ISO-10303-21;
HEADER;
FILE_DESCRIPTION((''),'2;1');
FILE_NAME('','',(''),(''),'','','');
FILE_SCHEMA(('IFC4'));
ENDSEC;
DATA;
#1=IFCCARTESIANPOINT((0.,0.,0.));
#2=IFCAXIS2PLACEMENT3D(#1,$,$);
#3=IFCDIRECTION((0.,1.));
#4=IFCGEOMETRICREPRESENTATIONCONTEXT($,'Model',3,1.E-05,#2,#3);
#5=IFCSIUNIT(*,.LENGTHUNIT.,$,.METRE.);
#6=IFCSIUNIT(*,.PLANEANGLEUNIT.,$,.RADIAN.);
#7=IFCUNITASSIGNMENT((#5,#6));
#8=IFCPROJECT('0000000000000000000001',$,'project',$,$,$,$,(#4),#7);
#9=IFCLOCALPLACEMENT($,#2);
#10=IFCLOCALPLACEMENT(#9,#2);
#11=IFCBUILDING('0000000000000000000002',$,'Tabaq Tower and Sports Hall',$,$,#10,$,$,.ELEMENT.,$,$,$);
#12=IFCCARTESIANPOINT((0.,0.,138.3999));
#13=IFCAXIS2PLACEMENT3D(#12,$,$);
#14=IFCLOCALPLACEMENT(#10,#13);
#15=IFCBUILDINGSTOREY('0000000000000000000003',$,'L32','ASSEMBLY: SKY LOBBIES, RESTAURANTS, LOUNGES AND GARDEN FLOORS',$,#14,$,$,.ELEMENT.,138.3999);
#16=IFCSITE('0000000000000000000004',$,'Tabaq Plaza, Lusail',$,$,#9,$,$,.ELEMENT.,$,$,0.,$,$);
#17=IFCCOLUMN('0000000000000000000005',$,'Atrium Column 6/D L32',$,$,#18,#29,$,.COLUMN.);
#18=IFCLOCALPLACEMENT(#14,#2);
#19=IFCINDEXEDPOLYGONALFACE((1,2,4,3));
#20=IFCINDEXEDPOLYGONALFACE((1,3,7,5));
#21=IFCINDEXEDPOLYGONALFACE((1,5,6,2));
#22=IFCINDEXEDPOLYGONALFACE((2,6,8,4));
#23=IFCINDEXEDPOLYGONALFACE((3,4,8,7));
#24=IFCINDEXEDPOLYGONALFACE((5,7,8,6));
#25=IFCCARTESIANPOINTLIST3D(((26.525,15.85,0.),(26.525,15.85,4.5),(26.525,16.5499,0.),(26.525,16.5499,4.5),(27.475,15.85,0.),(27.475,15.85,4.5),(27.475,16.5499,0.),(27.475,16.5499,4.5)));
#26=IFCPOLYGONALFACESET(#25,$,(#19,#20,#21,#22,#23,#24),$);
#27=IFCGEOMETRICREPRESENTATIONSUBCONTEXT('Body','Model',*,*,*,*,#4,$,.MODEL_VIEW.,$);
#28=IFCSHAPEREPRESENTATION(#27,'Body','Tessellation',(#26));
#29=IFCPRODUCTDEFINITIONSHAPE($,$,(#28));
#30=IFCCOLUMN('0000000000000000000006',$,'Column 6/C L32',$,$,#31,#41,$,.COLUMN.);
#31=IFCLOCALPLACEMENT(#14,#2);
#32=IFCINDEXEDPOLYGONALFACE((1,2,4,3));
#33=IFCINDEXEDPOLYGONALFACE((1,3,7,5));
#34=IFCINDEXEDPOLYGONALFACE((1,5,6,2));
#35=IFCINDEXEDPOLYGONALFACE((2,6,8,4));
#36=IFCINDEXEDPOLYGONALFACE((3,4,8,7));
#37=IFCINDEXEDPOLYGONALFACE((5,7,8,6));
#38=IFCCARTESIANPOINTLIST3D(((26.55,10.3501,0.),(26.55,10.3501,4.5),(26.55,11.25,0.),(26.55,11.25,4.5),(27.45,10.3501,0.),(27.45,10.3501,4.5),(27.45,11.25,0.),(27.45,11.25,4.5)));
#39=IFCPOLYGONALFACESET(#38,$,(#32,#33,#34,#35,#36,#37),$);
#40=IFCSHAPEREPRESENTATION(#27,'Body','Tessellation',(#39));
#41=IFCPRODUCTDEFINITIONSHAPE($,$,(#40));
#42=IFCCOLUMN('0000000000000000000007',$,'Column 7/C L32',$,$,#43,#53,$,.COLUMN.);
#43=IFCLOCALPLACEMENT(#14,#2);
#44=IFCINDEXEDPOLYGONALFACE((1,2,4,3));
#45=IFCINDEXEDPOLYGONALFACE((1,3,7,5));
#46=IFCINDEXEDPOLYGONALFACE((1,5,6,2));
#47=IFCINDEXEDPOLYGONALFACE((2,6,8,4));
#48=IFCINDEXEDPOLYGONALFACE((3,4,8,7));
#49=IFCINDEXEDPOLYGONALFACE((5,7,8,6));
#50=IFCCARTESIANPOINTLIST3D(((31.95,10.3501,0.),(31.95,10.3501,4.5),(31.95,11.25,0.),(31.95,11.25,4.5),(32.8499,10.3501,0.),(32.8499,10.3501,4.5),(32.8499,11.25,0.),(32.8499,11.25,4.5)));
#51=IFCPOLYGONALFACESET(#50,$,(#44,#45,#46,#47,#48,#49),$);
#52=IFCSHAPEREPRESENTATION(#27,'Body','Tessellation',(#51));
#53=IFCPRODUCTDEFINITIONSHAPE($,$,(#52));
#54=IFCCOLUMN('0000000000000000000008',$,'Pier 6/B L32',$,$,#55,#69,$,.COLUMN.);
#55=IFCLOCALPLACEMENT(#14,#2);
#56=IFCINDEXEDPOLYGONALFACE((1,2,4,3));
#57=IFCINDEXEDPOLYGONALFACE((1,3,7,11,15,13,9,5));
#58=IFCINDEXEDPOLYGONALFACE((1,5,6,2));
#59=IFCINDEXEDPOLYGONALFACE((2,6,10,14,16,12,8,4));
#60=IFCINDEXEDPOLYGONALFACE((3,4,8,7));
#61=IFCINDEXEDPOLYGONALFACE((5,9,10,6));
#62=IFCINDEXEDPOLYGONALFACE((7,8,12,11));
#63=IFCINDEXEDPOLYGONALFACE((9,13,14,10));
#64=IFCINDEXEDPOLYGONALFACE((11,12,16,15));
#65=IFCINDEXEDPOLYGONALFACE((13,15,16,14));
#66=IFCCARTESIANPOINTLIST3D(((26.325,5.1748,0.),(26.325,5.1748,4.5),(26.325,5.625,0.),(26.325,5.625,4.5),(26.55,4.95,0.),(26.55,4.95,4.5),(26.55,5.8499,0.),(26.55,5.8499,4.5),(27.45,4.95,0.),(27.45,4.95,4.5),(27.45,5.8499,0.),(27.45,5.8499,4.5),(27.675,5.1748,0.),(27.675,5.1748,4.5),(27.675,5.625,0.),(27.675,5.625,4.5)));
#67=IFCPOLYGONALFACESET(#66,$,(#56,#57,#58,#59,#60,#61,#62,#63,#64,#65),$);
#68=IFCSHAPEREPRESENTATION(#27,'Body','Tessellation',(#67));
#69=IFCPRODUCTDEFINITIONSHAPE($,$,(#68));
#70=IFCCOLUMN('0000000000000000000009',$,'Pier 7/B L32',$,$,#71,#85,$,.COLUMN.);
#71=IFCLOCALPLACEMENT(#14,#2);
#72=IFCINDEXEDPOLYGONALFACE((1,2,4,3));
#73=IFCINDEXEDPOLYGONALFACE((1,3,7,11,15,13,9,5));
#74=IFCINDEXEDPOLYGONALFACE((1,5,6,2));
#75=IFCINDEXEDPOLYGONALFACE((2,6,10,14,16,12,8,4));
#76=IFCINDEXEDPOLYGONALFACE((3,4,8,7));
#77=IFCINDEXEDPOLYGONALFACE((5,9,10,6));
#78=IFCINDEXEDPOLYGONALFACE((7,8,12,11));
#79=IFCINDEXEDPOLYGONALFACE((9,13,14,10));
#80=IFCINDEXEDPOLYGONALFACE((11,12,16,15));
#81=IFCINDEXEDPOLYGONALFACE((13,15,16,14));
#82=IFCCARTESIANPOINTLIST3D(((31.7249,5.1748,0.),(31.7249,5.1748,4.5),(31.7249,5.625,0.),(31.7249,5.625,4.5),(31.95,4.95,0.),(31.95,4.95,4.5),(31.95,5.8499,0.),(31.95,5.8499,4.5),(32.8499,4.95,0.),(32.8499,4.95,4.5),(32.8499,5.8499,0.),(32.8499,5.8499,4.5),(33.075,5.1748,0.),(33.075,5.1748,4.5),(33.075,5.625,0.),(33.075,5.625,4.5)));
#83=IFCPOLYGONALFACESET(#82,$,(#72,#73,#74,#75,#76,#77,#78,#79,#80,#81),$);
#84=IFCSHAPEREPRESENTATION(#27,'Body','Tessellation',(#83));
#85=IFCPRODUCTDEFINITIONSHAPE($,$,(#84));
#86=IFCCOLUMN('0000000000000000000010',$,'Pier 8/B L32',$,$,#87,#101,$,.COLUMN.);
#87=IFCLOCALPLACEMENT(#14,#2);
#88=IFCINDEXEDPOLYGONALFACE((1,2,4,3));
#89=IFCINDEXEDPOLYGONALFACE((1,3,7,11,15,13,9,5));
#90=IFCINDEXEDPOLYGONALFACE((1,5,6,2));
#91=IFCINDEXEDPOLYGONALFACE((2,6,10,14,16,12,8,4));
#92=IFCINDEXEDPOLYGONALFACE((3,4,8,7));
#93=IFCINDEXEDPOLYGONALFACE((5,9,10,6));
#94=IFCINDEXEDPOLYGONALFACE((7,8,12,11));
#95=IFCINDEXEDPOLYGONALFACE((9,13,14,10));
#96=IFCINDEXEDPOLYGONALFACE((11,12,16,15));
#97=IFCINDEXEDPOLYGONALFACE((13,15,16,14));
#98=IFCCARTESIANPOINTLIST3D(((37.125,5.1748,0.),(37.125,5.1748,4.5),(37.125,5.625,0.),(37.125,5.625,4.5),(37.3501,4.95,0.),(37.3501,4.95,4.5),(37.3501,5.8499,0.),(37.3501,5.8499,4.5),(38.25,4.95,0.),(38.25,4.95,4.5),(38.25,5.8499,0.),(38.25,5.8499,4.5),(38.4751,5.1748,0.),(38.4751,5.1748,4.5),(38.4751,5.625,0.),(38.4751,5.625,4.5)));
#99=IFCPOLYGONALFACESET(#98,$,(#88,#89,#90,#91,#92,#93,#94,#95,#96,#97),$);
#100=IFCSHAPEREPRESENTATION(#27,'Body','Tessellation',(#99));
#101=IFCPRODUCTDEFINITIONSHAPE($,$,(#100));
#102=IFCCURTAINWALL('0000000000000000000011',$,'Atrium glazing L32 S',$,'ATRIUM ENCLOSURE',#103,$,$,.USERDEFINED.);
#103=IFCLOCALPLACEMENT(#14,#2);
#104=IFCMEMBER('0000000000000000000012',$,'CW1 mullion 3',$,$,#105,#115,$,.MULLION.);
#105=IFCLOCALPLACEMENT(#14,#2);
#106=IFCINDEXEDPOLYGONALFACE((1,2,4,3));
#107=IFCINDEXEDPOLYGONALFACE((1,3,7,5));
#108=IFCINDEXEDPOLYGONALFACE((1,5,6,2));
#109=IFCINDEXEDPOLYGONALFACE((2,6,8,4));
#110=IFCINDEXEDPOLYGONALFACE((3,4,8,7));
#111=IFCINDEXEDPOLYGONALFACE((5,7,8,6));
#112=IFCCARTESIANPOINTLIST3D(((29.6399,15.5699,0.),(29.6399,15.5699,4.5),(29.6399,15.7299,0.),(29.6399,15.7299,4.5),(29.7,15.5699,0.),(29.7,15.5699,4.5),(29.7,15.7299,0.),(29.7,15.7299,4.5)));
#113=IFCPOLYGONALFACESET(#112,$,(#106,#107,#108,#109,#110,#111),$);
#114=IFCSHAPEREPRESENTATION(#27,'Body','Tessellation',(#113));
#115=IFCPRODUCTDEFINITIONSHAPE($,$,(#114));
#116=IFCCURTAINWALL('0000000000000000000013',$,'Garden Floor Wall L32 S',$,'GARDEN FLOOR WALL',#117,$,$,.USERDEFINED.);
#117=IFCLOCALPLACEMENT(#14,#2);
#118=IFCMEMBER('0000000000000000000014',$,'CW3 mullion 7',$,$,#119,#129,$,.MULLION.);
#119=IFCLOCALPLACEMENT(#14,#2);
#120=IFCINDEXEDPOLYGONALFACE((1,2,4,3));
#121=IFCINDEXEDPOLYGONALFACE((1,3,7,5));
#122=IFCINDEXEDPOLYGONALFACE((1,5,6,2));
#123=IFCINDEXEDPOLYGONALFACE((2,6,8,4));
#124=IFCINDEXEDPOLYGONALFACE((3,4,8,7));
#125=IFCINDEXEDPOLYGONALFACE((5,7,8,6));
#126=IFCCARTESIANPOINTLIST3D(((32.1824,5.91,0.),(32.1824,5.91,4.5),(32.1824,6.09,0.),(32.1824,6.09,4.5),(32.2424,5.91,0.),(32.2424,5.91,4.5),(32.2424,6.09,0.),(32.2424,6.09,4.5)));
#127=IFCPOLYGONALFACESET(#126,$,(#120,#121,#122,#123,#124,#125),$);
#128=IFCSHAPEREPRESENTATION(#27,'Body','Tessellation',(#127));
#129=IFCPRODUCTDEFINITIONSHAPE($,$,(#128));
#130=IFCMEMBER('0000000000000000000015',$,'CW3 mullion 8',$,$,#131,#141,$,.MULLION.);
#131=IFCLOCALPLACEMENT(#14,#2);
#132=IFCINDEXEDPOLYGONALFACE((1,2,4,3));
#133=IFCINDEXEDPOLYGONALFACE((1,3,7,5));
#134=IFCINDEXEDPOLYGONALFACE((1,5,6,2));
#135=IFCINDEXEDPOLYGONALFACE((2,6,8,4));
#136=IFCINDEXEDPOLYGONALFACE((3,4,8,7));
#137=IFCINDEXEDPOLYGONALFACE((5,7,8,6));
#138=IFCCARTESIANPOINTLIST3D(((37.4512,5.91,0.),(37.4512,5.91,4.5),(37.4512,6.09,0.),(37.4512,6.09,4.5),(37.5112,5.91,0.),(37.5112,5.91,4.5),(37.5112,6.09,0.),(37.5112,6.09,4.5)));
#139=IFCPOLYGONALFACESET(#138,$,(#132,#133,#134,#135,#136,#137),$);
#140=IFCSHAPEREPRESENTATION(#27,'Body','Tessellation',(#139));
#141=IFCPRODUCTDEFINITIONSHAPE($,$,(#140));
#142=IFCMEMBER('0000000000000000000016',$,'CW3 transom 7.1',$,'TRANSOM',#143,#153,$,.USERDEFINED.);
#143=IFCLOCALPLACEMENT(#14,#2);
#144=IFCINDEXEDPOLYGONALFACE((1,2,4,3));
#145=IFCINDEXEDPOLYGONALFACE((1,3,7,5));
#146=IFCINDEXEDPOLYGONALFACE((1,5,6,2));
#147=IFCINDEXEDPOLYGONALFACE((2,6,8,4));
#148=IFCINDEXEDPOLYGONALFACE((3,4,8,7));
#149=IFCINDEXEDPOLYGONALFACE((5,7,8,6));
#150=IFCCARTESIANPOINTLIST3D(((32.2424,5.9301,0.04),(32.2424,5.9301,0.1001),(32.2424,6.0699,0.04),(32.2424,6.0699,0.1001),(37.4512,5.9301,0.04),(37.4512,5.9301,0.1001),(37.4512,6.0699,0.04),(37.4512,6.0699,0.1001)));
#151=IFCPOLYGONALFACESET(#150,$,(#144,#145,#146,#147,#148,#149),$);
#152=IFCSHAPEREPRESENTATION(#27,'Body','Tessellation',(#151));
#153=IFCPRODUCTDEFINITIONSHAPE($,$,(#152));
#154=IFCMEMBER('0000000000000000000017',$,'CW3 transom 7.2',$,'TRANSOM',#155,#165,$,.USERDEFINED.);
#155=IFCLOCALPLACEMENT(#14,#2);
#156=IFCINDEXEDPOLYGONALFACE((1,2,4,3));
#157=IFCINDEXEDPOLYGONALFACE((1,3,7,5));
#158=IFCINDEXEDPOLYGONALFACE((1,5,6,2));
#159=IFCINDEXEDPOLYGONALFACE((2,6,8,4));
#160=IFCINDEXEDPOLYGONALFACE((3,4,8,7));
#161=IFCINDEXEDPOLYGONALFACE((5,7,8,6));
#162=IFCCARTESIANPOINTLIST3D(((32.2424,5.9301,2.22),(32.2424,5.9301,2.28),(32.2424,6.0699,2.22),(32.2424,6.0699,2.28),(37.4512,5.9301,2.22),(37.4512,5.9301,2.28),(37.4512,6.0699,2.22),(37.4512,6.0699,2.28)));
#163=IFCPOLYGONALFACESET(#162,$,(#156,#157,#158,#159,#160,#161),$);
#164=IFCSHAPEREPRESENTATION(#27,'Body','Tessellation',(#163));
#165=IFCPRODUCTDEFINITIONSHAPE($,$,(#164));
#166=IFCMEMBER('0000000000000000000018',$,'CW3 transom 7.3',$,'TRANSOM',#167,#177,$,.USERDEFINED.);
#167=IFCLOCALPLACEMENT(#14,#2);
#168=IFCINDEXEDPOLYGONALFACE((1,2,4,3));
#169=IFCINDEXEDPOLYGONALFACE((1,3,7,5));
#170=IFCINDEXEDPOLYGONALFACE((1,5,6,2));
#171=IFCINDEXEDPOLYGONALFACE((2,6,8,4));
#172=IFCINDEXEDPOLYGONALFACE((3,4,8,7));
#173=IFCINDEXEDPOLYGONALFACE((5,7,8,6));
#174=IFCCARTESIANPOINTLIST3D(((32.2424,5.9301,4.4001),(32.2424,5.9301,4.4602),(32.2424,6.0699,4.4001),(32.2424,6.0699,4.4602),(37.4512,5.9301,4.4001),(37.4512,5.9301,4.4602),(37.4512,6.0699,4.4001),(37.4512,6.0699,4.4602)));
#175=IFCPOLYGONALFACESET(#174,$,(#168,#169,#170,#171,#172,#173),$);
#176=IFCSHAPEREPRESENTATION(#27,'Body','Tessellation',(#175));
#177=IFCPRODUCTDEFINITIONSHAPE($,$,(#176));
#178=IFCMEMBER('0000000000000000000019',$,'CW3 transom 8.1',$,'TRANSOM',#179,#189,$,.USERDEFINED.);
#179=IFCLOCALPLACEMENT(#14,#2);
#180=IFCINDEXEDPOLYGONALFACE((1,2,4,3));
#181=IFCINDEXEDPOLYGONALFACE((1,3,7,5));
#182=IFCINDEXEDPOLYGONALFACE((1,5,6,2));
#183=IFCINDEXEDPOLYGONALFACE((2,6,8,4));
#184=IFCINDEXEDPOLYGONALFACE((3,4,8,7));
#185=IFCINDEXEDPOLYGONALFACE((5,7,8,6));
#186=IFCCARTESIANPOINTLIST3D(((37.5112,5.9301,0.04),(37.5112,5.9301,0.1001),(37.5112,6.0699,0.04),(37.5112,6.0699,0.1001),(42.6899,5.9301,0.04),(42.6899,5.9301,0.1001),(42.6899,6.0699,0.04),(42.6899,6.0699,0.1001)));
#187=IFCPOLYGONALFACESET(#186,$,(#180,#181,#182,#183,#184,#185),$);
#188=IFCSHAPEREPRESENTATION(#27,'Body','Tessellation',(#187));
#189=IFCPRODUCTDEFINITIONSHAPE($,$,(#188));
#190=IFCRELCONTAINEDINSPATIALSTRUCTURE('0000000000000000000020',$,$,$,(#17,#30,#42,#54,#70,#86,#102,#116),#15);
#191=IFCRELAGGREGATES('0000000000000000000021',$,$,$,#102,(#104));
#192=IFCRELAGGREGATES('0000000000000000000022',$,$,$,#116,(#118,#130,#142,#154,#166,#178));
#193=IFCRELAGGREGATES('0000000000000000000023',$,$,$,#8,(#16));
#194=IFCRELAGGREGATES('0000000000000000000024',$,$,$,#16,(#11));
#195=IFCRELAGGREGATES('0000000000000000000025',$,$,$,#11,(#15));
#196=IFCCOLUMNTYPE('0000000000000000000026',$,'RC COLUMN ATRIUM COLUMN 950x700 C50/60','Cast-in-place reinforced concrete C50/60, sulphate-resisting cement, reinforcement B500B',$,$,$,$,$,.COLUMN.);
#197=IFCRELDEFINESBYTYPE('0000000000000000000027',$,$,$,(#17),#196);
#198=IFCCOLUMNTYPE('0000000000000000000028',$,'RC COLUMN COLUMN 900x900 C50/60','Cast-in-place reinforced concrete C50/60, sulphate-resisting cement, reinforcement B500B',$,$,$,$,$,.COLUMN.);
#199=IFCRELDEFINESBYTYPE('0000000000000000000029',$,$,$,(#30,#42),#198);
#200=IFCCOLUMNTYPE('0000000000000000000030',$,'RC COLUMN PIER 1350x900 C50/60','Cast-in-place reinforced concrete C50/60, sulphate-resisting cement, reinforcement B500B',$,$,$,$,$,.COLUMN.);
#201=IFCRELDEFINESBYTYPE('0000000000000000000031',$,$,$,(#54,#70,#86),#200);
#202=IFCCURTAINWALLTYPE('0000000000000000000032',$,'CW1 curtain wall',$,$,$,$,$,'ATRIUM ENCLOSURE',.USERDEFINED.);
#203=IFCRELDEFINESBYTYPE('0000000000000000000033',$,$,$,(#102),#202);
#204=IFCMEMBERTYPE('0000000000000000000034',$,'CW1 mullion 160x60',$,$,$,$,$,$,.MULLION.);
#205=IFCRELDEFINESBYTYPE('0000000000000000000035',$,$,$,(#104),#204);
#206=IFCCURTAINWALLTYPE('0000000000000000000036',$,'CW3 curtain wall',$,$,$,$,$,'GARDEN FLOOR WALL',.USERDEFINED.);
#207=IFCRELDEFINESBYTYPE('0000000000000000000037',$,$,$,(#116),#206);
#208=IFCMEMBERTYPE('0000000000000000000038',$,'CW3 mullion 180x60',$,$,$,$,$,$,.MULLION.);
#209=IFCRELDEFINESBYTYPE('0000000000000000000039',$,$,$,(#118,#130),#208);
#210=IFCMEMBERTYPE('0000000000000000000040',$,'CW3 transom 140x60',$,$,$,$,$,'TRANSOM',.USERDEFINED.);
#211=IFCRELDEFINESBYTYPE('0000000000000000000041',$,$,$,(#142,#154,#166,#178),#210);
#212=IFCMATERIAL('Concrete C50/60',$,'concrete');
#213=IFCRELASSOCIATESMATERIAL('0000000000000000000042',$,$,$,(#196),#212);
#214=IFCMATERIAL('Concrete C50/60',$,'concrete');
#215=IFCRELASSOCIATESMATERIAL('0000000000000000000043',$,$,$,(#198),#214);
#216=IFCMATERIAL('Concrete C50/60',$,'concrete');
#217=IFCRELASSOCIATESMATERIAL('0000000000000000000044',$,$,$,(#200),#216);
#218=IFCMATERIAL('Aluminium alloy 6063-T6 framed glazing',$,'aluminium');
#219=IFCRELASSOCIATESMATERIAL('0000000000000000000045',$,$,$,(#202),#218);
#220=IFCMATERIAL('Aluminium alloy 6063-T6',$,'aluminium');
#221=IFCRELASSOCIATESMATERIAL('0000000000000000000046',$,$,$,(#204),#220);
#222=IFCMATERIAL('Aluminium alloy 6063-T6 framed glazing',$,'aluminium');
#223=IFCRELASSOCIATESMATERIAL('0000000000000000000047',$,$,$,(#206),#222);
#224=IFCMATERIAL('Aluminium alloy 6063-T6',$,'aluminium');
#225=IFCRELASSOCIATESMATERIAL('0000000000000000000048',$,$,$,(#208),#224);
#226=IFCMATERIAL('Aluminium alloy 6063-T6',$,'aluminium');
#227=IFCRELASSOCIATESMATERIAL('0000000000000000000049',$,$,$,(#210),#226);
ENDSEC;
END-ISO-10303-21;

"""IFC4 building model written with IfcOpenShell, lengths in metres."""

from ifc_helpers import new_model, si_unit, direction, frame, origin, origin_2d, place, context, subcontext, project, spatial, polyline, rectangle, outline, extrude, material, material_profile, profile_set, type_object, element, aggregate, save


model = new_model("IFC4")

# Units and contexts
model_context = context("Model", 3, precision=1e-05, world=origin(), true_north=direction((0.0, 1.0)))
body_context = subcontext(model_context, "Body", "Model", "MODEL_VIEW")
ifc_project = project(units=[si_unit("LENGTHUNIT", "METRE"), si_unit("PLANEANGLEUNIT", "RADIAN")], contexts=[model_context])

# Site, building, storey
site_placement = place(None, origin())
site = spatial("IfcSite", under=ifc_project, at=site_placement, Name="Tabaq Plaza, Lusail", CompositionType="ELEMENT", RefElevation=0.0)
building_placement = place(site_placement, origin())
building = spatial("IfcBuilding", under=site, at=building_placement, Name="Tabaq Tower and Sports Hall", CompositionType="ELEMENT")
storey_placement = place(building_placement, frame((0.0, 0.0, 138.3999)))
storey = spatial("IfcBuildingStorey", under=building, at=storey_placement, Name="L32", Description="ASSEMBLY: SKY LOBBIES, RESTAURANTS, LOUNGES AND GARDEN FLOORS", CompositionType="ELEMENT", Elevation=138.3999)

# Columns
ifc_material_1 = material(Name="Concrete C50/60", Category="concrete")
ifc_material_profile_1 = material_profile(ifc_material_1, rectangle(XDim=0.95, YDim=0.7, at=origin_2d()), Name="ATRIUM COLUMN 950x700")
ifc_profile_set_1 = profile_set([ifc_material_profile_1], Name="Concrete C50/60")
column_type_1 = type_object("IfcColumnType", Name="RC COLUMN ATRIUM COLUMN 950x700 C50/60", Description="Cast-in-place reinforced concrete C50/60, sulphate-resisting cement, reinforcement B500B", PredefinedType="COLUMN", material=ifc_profile_set_1)
column_placement = place(storey_placement, frame((27.0, 16.2, 0.0), z_axis=(0.0, 0.0, 1.0), x_axis=(1.0, 0.0, 0.0)))
element("IfcColumn", 1, at=column_placement, inside=storey, type_object=column_type_1, Name="Atrium Column 6/D L32", PredefinedType="COLUMN", context=body_context, shape_type="SweptSolid", body=[
    extrude(rectangle(XDim=0.95, YDim=0.7, at=origin_2d()), origin(), (0.0, 0.0, 1.0), 4.5),
])
ifc_material_2 = material(Name="Concrete C50/60", Category="concrete")
ifc_material_profile_2 = material_profile(ifc_material_2, rectangle(XDim=0.8999, YDim=0.8999, at=origin_2d()), Name="COLUMN 900x900")
ifc_profile_set_2 = profile_set([ifc_material_profile_2], Name="Concrete C50/60")
column_type_2 = type_object("IfcColumnType", Name="RC COLUMN COLUMN 900x900 C50/60", Description="Cast-in-place reinforced concrete C50/60, sulphate-resisting cement, reinforcement B500B", PredefinedType="COLUMN", material=ifc_profile_set_2)
for number, where, z_axis, x_axis, name in (
    (2, (27.0, 10.8, 0.0), (0.0, 0.0, 1.0), (1.0, 0.0, 0.0), "Column 6/C L32"),
    (3, (32.3999, 10.8, 0.0), (0.0, 0.0, 1.0), (1.0, 0.0, 0.0), "Column 7/C L32"),
):
    element("IfcColumn", number, at=place(storey_placement, frame(where, z_axis=z_axis, x_axis=x_axis)), inside=storey, type_object=column_type_2, Name=name, PredefinedType="COLUMN", context=body_context, shape_type="SweptSolid", body=[
        extrude(rectangle(XDim=0.8999, YDim=0.8999, at=origin_2d()), origin(), (0.0, 0.0, 1.0), 4.5),
    ])
ifc_material_3 = material(Name="Concrete C50/60", Category="concrete")
ifc_material_profile_3 = material_profile(ifc_material_3, outline(polyline([(-0.45, -0.45), (0.45, -0.45), (0.675, -0.2251), (0.675, 0.2251), (0.45, 0.45), (-0.45, 0.45), (-0.675, 0.2251), (-0.675, -0.2251), (-0.45, -0.45)])), Name="PIER 1350x900")
ifc_profile_set_3 = profile_set([ifc_material_profile_3], Name="Concrete C50/60")
column_type_3 = type_object("IfcColumnType", Name="RC COLUMN PIER 1350x900 C50/60", Description="Cast-in-place reinforced concrete C50/60, sulphate-resisting cement, reinforcement B500B", PredefinedType="COLUMN", material=ifc_profile_set_3)
for number, where, z_axis, x_axis, name in (
    (4, (27.0, 5.3999, 0.0), (0.0, 0.0, 1.0), (1.0, 0.0, 0.0), "Pier 6/B L32"),
    (5, (32.3999, 5.3999, 0.0), (0.0, 0.0, 1.0), (1.0, 0.0, 0.0), "Pier 7/B L32"),
    (6, (37.8, 5.3999, 0.0), (0.0, 0.0, 1.0), (1.0, 0.0, 0.0), "Pier 8/B L32"),
):
    element("IfcColumn", number, at=place(storey_placement, frame(where, z_axis=z_axis, x_axis=x_axis)), inside=storey, type_object=column_type_3, Name=name, PredefinedType="COLUMN", context=body_context, shape_type="SweptSolid", body=[
        extrude(outline(polyline([(-0.45, -0.45), (0.45, -0.45), (0.675, -0.2251), (0.675, 0.2251), (0.45, 0.45), (-0.45, 0.45), (-0.675, 0.2251), (-0.675, -0.2251), (-0.45, -0.45)])), origin(), (0.0, 0.0, 1.0), 4.5),
    ])

# Curtain wall, member
ifc_material_4 = material(Name="Aluminium alloy 6063-T6 framed glazing", Category="aluminium")
curtain_wall_type_1 = type_object("IfcCurtainWallType", Name="CW1 curtain wall", ElementType="ATRIUM ENCLOSURE", PredefinedType="USERDEFINED", material=ifc_material_4)
curtain_wall_1_placement = place(storey_placement, origin())
curtain_wall_1 = element("IfcCurtainWall", 7, at=curtain_wall_1_placement, inside=storey, type_object=curtain_wall_type_1, Name="Atrium glazing L32 S", ObjectType="ATRIUM ENCLOSURE", PredefinedType="USERDEFINED")
ifc_material_5 = material(Name="Aluminium alloy 6063-T6", Category="aluminium")
ifc_material_profile_4 = material_profile(ifc_material_5, rectangle(XDim=0.1599, YDim=0.0601, at=origin_2d()), Name="MULLION 160x60")
ifc_profile_set_4 = profile_set([ifc_material_profile_4], Name="Aluminium alloy 6063-T6")
member_type_1 = type_object("IfcMemberType", Name="CW1 mullion 160x60", PredefinedType="MULLION", material=ifc_profile_set_4)
member_1_placement = place(storey_placement, frame((29.6699, 15.6499, 0.0), z_axis=(0.0, 0.0, 1.0), x_axis=(0.0, 1.0, 0.0)))
member_1 = element("IfcMember", 8, at=member_1_placement, type_object=member_type_1, Name="CW1 mullion 3", PredefinedType="MULLION", context=body_context, shape_type="SweptSolid", body=[
    extrude(rectangle(XDim=0.1599, YDim=0.0601, at=origin_2d()), origin(), (0.0, 0.0, 1.0), 4.5),
])
aggregate(curtain_wall_1, [member_1])

# Curtain wall, members
ifc_material_6 = material(Name="Aluminium alloy 6063-T6 framed glazing", Category="aluminium")
curtain_wall_type_2 = type_object("IfcCurtainWallType", Name="CW3 curtain wall", ElementType="GARDEN FLOOR WALL", PredefinedType="USERDEFINED", material=ifc_material_6)
curtain_wall_2_placement = place(storey_placement, origin())
curtain_wall_2 = element("IfcCurtainWall", 9, at=curtain_wall_2_placement, inside=storey, type_object=curtain_wall_type_2, Name="Garden Floor Wall L32 S", ObjectType="GARDEN FLOOR WALL", PredefinedType="USERDEFINED")
ifc_material_7 = material(Name="Aluminium alloy 6063-T6", Category="aluminium")
ifc_material_profile_5 = material_profile(ifc_material_7, rectangle(XDim=0.1799, YDim=0.0601, at=origin_2d()), Name="MULLION 180x60")
ifc_profile_set_5 = profile_set([ifc_material_profile_5], Name="Aluminium alloy 6063-T6")
member_type_2 = type_object("IfcMemberType", Name="CW3 mullion 180x60", PredefinedType="MULLION", material=ifc_profile_set_5)
member_2_placement = place(storey_placement, frame((32.2124, 6.0, 0.0), z_axis=(0.0, 0.0, 1.0), x_axis=(0.0, 1.0, 0.0)))
member_2 = element("IfcMember", 10, at=member_2_placement, type_object=member_type_2, Name="CW3 mullion 7", PredefinedType="MULLION", context=body_context, shape_type="SweptSolid", body=[
    extrude(rectangle(XDim=0.1799, YDim=0.0601, at=origin_2d()), origin(), (0.0, 0.0, 1.0), 4.5),
])
member_3_placement = place(storey_placement, frame((37.4812, 6.0, 0.0), z_axis=(0.0, 0.0, 1.0), x_axis=(0.0, 1.0, 0.0)))
member_3 = element("IfcMember", 11, at=member_3_placement, type_object=member_type_2, Name="CW3 mullion 8", PredefinedType="MULLION", context=body_context, shape_type="SweptSolid", body=[
    extrude(rectangle(XDim=0.1799, YDim=0.0601, at=origin_2d()), origin(), (0.0, 0.0, 1.0), 4.5),
])
ifc_material_8 = material(Name="Aluminium alloy 6063-T6", Category="aluminium")
ifc_material_profile_6 = material_profile(ifc_material_8, rectangle(XDim=0.1399, YDim=0.0601, at=origin_2d()), Name="TRANSOM 140x60")
ifc_profile_set_6 = profile_set([ifc_material_profile_6], Name="Aluminium alloy 6063-T6")
member_type_3 = type_object("IfcMemberType", Name="CW3 transom 140x60", ElementType="TRANSOM", PredefinedType="USERDEFINED", material=ifc_profile_set_6)
member_4_placement = place(storey_placement, frame((32.2424, 6.0, 0.0701), z_axis=(1.0, 0.0, 0.0), x_axis=(0.0, 1.0, 0.0)))
member_4 = element("IfcMember", 12, at=member_4_placement, type_object=member_type_3, Name="CW3 transom 7.1", ObjectType="TRANSOM", PredefinedType="USERDEFINED", context=body_context, shape_type="SweptSolid", body=[
    extrude(rectangle(XDim=0.1399, YDim=0.0601, at=origin_2d()), origin(), (0.0, 0.0, 1.0), 5.2087),
])
member_5_placement = place(storey_placement, frame((32.2424, 6.0, 2.25), z_axis=(1.0, 0.0, 0.0), x_axis=(0.0, 1.0, 0.0)))
member_5 = element("IfcMember", 13, at=member_5_placement, type_object=member_type_3, Name="CW3 transom 7.2", ObjectType="TRANSOM", PredefinedType="USERDEFINED", context=body_context, shape_type="SweptSolid", body=[
    extrude(rectangle(XDim=0.1399, YDim=0.0601, at=origin_2d()), origin(), (0.0, 0.0, 1.0), 5.2087),
])
member_6_placement = place(storey_placement, frame((32.2424, 6.0, 4.4302), z_axis=(1.0, 0.0, 0.0), x_axis=(0.0, 1.0, 0.0)))
member_6 = element("IfcMember", 14, at=member_6_placement, type_object=member_type_3, Name="CW3 transom 7.3", ObjectType="TRANSOM", PredefinedType="USERDEFINED", context=body_context, shape_type="SweptSolid", body=[
    extrude(rectangle(XDim=0.1399, YDim=0.0601, at=origin_2d()), origin(), (0.0, 0.0, 1.0), 5.2087),
])
member_7_placement = place(storey_placement, frame((37.5112, 6.0, 0.0701), z_axis=(1.0, 0.0, 0.0), x_axis=(0.0, 1.0, 0.0)))
member_7 = element("IfcMember", 15, at=member_7_placement, type_object=member_type_3, Name="CW3 transom 8.1", ObjectType="TRANSOM", PredefinedType="USERDEFINED", context=body_context, shape_type="SweptSolid", body=[
    extrude(rectangle(XDim=0.1399, YDim=0.0601, at=origin_2d()), origin(), (0.0, 0.0, 1.0), 5.1787),
])
aggregate(curtain_wall_2, [member_2, member_3, member_4, member_5, member_6, member_7])

save(model, "model.ifc")
